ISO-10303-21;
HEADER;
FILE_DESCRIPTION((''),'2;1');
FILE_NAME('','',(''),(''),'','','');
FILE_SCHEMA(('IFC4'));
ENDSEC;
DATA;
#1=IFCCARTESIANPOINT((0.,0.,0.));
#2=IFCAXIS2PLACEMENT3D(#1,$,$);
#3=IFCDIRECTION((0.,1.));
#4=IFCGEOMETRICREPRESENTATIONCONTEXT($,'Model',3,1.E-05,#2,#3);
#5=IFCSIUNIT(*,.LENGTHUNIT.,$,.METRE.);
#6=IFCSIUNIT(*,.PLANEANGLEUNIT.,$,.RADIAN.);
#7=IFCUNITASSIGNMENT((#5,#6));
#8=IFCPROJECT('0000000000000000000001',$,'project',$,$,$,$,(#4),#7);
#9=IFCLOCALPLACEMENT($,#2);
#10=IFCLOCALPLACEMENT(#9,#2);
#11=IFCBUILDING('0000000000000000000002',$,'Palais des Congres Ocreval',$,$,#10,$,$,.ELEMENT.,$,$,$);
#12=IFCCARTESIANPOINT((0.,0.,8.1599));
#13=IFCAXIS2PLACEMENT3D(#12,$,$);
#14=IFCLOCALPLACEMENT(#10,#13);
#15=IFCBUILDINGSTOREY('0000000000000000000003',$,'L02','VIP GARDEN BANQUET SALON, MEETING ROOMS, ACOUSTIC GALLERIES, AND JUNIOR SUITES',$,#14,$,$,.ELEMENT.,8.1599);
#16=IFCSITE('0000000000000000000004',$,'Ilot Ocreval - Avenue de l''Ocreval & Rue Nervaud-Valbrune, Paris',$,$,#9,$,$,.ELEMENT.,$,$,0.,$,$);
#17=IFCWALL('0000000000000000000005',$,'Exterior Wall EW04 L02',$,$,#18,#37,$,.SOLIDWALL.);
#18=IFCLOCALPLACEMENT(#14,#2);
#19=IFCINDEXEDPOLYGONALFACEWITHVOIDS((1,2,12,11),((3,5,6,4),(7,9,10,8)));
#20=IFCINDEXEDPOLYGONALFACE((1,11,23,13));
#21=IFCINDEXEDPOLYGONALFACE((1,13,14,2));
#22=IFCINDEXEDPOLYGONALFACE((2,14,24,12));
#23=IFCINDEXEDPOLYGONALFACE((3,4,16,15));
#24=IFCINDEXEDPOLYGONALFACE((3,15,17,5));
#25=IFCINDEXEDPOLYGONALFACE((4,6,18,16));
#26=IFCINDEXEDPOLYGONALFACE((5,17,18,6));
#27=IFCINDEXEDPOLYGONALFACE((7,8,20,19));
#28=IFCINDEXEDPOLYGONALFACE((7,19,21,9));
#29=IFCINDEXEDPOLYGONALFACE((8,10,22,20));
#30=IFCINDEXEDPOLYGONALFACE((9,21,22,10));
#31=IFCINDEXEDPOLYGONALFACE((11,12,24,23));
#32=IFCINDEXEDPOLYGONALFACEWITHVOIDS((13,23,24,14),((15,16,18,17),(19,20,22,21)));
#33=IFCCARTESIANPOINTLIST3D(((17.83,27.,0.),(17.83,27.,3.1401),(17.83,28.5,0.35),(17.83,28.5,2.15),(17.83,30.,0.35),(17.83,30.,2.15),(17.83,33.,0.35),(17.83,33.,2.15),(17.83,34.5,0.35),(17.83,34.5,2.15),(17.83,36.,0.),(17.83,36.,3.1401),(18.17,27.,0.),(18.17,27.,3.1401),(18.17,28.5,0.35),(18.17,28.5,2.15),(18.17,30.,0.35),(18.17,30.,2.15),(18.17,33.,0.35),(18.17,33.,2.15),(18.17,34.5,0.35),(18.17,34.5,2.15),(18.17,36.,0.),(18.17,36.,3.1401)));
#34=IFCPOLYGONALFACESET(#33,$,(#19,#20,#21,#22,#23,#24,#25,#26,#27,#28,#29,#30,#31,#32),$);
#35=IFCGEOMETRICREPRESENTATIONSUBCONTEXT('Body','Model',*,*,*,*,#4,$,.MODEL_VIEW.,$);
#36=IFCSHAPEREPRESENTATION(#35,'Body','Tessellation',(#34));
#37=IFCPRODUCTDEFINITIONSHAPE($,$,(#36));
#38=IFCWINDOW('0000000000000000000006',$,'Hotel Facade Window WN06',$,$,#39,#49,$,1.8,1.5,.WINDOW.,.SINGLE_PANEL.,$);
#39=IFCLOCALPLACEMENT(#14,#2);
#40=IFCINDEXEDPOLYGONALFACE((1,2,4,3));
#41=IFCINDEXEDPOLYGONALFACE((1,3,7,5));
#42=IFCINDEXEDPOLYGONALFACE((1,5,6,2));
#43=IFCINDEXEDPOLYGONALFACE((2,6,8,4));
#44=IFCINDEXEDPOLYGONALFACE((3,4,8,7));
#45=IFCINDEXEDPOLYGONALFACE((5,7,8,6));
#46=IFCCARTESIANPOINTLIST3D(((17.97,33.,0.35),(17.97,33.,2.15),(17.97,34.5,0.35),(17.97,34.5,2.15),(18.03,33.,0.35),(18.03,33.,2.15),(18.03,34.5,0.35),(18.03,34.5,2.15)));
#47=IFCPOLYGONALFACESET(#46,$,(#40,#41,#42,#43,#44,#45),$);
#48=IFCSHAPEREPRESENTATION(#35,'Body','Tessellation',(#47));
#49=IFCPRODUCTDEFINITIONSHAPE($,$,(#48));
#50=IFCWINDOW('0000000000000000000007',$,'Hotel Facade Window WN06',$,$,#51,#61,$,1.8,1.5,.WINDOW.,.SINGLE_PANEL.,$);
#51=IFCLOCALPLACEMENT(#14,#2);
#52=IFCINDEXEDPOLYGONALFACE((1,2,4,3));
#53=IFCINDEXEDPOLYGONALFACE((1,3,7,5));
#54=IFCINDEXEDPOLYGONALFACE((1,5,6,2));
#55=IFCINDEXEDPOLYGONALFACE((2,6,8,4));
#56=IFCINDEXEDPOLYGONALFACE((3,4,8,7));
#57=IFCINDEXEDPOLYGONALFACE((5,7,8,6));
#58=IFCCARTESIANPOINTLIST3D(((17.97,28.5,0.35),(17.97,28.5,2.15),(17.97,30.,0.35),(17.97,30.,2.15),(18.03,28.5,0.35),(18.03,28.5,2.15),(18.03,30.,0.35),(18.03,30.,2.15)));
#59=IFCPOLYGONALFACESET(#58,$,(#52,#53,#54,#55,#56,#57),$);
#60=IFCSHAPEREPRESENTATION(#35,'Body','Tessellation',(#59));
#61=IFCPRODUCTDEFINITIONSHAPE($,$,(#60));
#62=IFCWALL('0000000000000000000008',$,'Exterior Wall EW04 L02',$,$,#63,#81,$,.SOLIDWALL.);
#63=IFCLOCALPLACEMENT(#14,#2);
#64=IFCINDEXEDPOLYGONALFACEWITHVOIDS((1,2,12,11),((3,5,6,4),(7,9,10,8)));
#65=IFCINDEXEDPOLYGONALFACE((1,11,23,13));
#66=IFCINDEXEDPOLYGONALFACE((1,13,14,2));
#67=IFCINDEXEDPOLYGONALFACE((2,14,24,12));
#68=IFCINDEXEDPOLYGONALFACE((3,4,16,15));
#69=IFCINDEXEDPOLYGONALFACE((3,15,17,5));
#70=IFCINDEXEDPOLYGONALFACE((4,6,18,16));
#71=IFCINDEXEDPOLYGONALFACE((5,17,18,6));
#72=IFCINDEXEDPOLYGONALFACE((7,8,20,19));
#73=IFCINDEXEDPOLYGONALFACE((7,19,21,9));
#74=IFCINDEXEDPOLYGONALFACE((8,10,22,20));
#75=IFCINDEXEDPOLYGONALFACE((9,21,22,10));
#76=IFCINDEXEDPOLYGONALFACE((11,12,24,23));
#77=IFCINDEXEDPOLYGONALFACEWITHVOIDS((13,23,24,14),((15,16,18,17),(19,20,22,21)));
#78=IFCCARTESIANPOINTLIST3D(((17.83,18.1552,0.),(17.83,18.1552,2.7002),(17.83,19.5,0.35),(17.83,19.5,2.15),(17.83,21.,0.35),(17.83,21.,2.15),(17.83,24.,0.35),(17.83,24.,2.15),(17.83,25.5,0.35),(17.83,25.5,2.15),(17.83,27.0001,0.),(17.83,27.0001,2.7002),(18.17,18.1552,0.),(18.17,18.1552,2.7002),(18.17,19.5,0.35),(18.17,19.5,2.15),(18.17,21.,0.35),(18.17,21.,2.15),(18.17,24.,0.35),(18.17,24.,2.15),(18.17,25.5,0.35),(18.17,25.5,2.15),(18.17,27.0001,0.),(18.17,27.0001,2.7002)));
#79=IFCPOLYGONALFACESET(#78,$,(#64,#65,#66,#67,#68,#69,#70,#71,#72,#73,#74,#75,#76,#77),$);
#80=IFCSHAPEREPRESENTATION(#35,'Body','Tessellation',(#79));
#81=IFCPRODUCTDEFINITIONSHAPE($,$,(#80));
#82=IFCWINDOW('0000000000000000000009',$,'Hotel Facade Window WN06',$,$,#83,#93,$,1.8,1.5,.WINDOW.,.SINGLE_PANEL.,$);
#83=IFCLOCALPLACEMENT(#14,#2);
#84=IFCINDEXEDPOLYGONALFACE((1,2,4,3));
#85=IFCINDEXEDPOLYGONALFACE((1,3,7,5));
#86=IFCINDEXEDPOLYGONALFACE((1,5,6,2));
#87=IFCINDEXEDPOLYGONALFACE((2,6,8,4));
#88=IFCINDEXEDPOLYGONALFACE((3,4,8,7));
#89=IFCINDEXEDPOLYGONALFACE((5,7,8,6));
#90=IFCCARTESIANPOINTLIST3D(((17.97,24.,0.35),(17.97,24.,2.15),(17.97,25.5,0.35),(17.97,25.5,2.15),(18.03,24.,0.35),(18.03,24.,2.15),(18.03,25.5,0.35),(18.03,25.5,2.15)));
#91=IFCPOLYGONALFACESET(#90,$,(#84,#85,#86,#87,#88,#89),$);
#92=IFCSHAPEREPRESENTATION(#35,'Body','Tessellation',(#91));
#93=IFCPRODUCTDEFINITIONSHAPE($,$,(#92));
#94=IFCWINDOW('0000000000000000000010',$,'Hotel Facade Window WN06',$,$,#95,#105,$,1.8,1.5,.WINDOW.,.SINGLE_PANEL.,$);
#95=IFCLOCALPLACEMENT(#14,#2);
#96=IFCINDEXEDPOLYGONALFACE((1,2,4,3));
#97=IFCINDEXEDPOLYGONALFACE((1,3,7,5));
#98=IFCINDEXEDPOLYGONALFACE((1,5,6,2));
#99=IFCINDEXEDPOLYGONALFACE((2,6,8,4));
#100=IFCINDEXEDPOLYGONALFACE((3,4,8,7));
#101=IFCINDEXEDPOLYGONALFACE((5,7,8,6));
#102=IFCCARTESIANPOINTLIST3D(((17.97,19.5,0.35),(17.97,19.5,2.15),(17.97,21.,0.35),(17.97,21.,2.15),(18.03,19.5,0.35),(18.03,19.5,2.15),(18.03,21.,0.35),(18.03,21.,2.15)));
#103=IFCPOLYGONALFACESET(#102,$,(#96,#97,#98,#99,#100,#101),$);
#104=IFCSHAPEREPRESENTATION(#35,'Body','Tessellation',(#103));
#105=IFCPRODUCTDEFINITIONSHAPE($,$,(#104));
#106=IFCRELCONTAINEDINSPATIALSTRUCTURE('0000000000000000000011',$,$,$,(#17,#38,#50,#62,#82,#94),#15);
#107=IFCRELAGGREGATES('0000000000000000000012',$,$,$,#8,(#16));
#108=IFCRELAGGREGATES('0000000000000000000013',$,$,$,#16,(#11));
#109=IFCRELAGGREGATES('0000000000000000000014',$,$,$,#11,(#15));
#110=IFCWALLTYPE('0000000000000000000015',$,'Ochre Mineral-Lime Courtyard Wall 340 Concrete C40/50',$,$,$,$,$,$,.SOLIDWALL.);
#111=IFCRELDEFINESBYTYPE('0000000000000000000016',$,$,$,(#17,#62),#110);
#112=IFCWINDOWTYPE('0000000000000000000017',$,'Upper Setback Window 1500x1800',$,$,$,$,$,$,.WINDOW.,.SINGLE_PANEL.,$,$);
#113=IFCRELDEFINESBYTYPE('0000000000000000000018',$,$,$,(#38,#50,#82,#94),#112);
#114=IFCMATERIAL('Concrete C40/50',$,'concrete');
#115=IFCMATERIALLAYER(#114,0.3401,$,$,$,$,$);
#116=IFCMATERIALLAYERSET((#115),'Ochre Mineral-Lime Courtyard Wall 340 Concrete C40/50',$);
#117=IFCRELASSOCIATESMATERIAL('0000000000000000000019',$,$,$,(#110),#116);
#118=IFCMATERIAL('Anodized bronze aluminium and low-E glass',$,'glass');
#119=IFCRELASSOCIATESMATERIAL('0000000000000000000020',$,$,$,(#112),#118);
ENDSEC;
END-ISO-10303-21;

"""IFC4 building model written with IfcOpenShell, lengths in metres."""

from ifc_helpers import new_model, si_unit, direction, frame, frame_2d, origin, place, context, subcontext, project, spatial, rectangle, extrude, material, layer, layer_set, type_object, element, fill, save


model = new_model("IFC4")

# Units and contexts
model_context = context("Model", 3, precision=1e-05, world=origin(), true_north=direction((0.0, 1.0)))
body_context = subcontext(model_context, "Body", "Model", "MODEL_VIEW")
ifc_project = project(units=[si_unit("LENGTHUNIT", "METRE"), si_unit("PLANEANGLEUNIT", "RADIAN")], contexts=[model_context])

# Site, building, storey
site_placement = place(None, origin())
site = spatial("IfcSite", under=ifc_project, at=site_placement, Name="Ilot Ocreval - Avenue de l'Ocreval & Rue Nervaud-Valbrune, Paris", CompositionType="ELEMENT", RefElevation=0.0)
building_placement = place(site_placement, origin())
building = spatial("IfcBuilding", under=site, at=building_placement, Name="Palais des Congres Ocreval", CompositionType="ELEMENT")
storey_placement = place(building_placement, frame((0.0, 0.0, 8.1599)))
storey = spatial("IfcBuildingStorey", under=building, at=storey_placement, Name="L02", Description="VIP GARDEN BANQUET SALON, MEETING ROOMS, ACOUSTIC GALLERIES, AND JUNIOR SUITES", CompositionType="ELEMENT", Elevation=8.1599)

# Shared definitions
ifc_material_1 = material(Name="Concrete C40/50", Category="concrete")

# Shared definitions
ifc_material_2 = material(Name="Anodized bronze aluminium and low-E glass", Category="glass")

# Shared definitions
ifc_layer_1 = layer(ifc_material_1, 0.3401)
ifc_layer_set_1 = layer_set([ifc_layer_1], Name="Ochre Mineral-Lime Courtyard Wall 340 Concrete C40/50")
wall_type_1 = type_object("IfcWallType", Name="Ochre Mineral-Lime Courtyard Wall 340 Concrete C40/50", PredefinedType="SOLIDWALL", material=ifc_layer_set_1)

# Walls, openings, windows
wall_1_placement = place(storey_placement, frame((18.0, 36.0, 0.0), z_axis=(0.0, 0.0, 1.0), x_axis=(0.0, -1.0, 0.0)))
wall_1 = element("IfcWall", 1, at=wall_1_placement, inside=storey, type_object=wall_type_1, Name="Exterior Wall EW04 L02", PredefinedType="SOLIDWALL", context=body_context, shape_type="SweptSolid", body=[
    extrude(rectangle(XDim=9.0, YDim=0.3401, at=frame_2d((4.5, 0.0))), origin(), (0.0, 0.0, 1.0), 3.1401),
])
opening_1_placement = place(wall_1_placement, frame((1.5, 0.0, 0.3501)))
opening_1 = element("IfcOpeningElement", 2, at=opening_1_placement, cuts=wall_1, PredefinedType="OPENING", context=body_context, shape_type="SweptSolid", body=[
    extrude(rectangle(XDim=1.5, YDim=1.8, at=frame_2d((0.75, 0.8999))), frame((0.0, 0.1799, 0.0), z_axis=(0.0, -1.0, 0.0), x_axis=(1.0, 0.0, 0.0)), (0.0, 0.0, 1.0), 0.3601),
])
opening_2_placement = place(wall_1_placement, frame((6.0, 0.0, 0.3501)))
opening_2 = element("IfcOpeningElement", 3, at=opening_2_placement, cuts=wall_1, PredefinedType="OPENING", context=body_context, shape_type="SweptSolid", body=[
    extrude(rectangle(XDim=1.5, YDim=1.8, at=frame_2d((0.75, 0.8999))), frame((0.0, 0.1799, 0.0), z_axis=(0.0, -1.0, 0.0), x_axis=(1.0, 0.0, 0.0)), (0.0, 0.0, 1.0), 0.3601),
])
window_type = type_object("IfcWindowType", Name="Upper Setback Window 1500x1800", PartitioningType="SINGLE_PANEL", PredefinedType="WINDOW", material=ifc_material_2)
window_1_placement = place(opening_1_placement, origin())
window_1 = element("IfcWindow", 4, at=window_1_placement, inside=storey, type_object=window_type, Name="Hotel Facade Window WN06", OverallHeight=1.8, OverallWidth=1.5, PartitioningType="SINGLE_PANEL", PredefinedType="WINDOW", context=body_context, shape_type="SweptSolid", body=[
    extrude(rectangle(XDim=1.5, YDim=1.8, at=frame_2d((0.75, 0.8999))), frame((0.0, 0.03, 0.0), z_axis=(0.0, -1.0, 0.0), x_axis=(1.0, 0.0, 0.0)), (0.0, 0.0, 1.0), 0.0601),
])
fill(opening_1, window_1)
window_2_placement = place(opening_2_placement, origin())
window_2 = element("IfcWindow", 5, at=window_2_placement, inside=storey, type_object=window_type, Name="Hotel Facade Window WN06", OverallHeight=1.8, OverallWidth=1.5, PartitioningType="SINGLE_PANEL", PredefinedType="WINDOW", context=body_context, shape_type="SweptSolid", body=[
    extrude(rectangle(XDim=1.5, YDim=1.8, at=frame_2d((0.75, 0.8999))), frame((0.0, 0.03, 0.0), z_axis=(0.0, -1.0, 0.0), x_axis=(1.0, 0.0, 0.0)), (0.0, 0.0, 1.0), 0.0601),
])
fill(opening_2, window_2)
wall_2_placement = place(storey_placement, frame((18.0, 27.0, 0.0), z_axis=(0.0, 0.0, 1.0), x_axis=(0.0, -1.0, 0.0)))
wall_2 = element("IfcWall", 6, at=wall_2_placement, inside=storey, type_object=wall_type_1, Name="Exterior Wall EW04 L02", PredefinedType="SOLIDWALL", context=body_context, shape_type="SweptSolid", body=[
    extrude(rectangle(XDim=8.845, YDim=0.3401, at=frame_2d((4.4224, 0.0))), origin(), (0.0, 0.0, 1.0), 2.7002),
])
opening_3_placement = place(wall_2_placement, frame((1.5, 0.0, 0.3501)))
opening_3 = element("IfcOpeningElement", 7, at=opening_3_placement, cuts=wall_2, PredefinedType="OPENING", context=body_context, shape_type="SweptSolid", body=[
    extrude(rectangle(XDim=1.5, YDim=1.8, at=frame_2d((0.75, 0.8999))), frame((0.0, 0.1799, 0.0), z_axis=(0.0, -1.0, 0.0), x_axis=(1.0, 0.0, 0.0)), (0.0, 0.0, 1.0), 0.3601),
])
opening_4_placement = place(wall_2_placement, frame((6.0, 0.0, 0.3501)))
opening_4 = element("IfcOpeningElement", 8, at=opening_4_placement, cuts=wall_2, PredefinedType="OPENING", context=body_context, shape_type="SweptSolid", body=[
    extrude(rectangle(XDim=1.5, YDim=1.8, at=frame_2d((0.75, 0.8999))), frame((0.0, 0.1799, 0.0), z_axis=(0.0, -1.0, 0.0), x_axis=(1.0, 0.0, 0.0)), (0.0, 0.0, 1.0), 0.3601),
])
window_3_placement = place(opening_3_placement, origin())
window_3 = element("IfcWindow", 9, at=window_3_placement, inside=storey, type_object=window_type, Name="Hotel Facade Window WN06", OverallHeight=1.8, OverallWidth=1.5, PartitioningType="SINGLE_PANEL", PredefinedType="WINDOW", context=body_context, shape_type="SweptSolid", body=[
    extrude(rectangle(XDim=1.5, YDim=1.8, at=frame_2d((0.75, 0.8999))), frame((0.0, 0.03, 0.0), z_axis=(0.0, -1.0, 0.0), x_axis=(1.0, 0.0, 0.0)), (0.0, 0.0, 1.0), 0.0601),
])
fill(opening_3, window_3)
window_4_placement = place(opening_4_placement, origin())
window_4 = element("IfcWindow", 10, at=window_4_placement, inside=storey, type_object=window_type, Name="Hotel Facade Window WN06", OverallHeight=1.8, OverallWidth=1.5, PartitioningType="SINGLE_PANEL", PredefinedType="WINDOW", context=body_context, shape_type="SweptSolid", body=[
    extrude(rectangle(XDim=1.5, YDim=1.8, at=frame_2d((0.75, 0.8999))), frame((0.0, 0.03, 0.0), z_axis=(0.0, -1.0, 0.0), x_axis=(1.0, 0.0, 0.0)), (0.0, 0.0, 1.0), 0.0601),
])
fill(opening_4, window_4)

save(model, "model.ifc")
